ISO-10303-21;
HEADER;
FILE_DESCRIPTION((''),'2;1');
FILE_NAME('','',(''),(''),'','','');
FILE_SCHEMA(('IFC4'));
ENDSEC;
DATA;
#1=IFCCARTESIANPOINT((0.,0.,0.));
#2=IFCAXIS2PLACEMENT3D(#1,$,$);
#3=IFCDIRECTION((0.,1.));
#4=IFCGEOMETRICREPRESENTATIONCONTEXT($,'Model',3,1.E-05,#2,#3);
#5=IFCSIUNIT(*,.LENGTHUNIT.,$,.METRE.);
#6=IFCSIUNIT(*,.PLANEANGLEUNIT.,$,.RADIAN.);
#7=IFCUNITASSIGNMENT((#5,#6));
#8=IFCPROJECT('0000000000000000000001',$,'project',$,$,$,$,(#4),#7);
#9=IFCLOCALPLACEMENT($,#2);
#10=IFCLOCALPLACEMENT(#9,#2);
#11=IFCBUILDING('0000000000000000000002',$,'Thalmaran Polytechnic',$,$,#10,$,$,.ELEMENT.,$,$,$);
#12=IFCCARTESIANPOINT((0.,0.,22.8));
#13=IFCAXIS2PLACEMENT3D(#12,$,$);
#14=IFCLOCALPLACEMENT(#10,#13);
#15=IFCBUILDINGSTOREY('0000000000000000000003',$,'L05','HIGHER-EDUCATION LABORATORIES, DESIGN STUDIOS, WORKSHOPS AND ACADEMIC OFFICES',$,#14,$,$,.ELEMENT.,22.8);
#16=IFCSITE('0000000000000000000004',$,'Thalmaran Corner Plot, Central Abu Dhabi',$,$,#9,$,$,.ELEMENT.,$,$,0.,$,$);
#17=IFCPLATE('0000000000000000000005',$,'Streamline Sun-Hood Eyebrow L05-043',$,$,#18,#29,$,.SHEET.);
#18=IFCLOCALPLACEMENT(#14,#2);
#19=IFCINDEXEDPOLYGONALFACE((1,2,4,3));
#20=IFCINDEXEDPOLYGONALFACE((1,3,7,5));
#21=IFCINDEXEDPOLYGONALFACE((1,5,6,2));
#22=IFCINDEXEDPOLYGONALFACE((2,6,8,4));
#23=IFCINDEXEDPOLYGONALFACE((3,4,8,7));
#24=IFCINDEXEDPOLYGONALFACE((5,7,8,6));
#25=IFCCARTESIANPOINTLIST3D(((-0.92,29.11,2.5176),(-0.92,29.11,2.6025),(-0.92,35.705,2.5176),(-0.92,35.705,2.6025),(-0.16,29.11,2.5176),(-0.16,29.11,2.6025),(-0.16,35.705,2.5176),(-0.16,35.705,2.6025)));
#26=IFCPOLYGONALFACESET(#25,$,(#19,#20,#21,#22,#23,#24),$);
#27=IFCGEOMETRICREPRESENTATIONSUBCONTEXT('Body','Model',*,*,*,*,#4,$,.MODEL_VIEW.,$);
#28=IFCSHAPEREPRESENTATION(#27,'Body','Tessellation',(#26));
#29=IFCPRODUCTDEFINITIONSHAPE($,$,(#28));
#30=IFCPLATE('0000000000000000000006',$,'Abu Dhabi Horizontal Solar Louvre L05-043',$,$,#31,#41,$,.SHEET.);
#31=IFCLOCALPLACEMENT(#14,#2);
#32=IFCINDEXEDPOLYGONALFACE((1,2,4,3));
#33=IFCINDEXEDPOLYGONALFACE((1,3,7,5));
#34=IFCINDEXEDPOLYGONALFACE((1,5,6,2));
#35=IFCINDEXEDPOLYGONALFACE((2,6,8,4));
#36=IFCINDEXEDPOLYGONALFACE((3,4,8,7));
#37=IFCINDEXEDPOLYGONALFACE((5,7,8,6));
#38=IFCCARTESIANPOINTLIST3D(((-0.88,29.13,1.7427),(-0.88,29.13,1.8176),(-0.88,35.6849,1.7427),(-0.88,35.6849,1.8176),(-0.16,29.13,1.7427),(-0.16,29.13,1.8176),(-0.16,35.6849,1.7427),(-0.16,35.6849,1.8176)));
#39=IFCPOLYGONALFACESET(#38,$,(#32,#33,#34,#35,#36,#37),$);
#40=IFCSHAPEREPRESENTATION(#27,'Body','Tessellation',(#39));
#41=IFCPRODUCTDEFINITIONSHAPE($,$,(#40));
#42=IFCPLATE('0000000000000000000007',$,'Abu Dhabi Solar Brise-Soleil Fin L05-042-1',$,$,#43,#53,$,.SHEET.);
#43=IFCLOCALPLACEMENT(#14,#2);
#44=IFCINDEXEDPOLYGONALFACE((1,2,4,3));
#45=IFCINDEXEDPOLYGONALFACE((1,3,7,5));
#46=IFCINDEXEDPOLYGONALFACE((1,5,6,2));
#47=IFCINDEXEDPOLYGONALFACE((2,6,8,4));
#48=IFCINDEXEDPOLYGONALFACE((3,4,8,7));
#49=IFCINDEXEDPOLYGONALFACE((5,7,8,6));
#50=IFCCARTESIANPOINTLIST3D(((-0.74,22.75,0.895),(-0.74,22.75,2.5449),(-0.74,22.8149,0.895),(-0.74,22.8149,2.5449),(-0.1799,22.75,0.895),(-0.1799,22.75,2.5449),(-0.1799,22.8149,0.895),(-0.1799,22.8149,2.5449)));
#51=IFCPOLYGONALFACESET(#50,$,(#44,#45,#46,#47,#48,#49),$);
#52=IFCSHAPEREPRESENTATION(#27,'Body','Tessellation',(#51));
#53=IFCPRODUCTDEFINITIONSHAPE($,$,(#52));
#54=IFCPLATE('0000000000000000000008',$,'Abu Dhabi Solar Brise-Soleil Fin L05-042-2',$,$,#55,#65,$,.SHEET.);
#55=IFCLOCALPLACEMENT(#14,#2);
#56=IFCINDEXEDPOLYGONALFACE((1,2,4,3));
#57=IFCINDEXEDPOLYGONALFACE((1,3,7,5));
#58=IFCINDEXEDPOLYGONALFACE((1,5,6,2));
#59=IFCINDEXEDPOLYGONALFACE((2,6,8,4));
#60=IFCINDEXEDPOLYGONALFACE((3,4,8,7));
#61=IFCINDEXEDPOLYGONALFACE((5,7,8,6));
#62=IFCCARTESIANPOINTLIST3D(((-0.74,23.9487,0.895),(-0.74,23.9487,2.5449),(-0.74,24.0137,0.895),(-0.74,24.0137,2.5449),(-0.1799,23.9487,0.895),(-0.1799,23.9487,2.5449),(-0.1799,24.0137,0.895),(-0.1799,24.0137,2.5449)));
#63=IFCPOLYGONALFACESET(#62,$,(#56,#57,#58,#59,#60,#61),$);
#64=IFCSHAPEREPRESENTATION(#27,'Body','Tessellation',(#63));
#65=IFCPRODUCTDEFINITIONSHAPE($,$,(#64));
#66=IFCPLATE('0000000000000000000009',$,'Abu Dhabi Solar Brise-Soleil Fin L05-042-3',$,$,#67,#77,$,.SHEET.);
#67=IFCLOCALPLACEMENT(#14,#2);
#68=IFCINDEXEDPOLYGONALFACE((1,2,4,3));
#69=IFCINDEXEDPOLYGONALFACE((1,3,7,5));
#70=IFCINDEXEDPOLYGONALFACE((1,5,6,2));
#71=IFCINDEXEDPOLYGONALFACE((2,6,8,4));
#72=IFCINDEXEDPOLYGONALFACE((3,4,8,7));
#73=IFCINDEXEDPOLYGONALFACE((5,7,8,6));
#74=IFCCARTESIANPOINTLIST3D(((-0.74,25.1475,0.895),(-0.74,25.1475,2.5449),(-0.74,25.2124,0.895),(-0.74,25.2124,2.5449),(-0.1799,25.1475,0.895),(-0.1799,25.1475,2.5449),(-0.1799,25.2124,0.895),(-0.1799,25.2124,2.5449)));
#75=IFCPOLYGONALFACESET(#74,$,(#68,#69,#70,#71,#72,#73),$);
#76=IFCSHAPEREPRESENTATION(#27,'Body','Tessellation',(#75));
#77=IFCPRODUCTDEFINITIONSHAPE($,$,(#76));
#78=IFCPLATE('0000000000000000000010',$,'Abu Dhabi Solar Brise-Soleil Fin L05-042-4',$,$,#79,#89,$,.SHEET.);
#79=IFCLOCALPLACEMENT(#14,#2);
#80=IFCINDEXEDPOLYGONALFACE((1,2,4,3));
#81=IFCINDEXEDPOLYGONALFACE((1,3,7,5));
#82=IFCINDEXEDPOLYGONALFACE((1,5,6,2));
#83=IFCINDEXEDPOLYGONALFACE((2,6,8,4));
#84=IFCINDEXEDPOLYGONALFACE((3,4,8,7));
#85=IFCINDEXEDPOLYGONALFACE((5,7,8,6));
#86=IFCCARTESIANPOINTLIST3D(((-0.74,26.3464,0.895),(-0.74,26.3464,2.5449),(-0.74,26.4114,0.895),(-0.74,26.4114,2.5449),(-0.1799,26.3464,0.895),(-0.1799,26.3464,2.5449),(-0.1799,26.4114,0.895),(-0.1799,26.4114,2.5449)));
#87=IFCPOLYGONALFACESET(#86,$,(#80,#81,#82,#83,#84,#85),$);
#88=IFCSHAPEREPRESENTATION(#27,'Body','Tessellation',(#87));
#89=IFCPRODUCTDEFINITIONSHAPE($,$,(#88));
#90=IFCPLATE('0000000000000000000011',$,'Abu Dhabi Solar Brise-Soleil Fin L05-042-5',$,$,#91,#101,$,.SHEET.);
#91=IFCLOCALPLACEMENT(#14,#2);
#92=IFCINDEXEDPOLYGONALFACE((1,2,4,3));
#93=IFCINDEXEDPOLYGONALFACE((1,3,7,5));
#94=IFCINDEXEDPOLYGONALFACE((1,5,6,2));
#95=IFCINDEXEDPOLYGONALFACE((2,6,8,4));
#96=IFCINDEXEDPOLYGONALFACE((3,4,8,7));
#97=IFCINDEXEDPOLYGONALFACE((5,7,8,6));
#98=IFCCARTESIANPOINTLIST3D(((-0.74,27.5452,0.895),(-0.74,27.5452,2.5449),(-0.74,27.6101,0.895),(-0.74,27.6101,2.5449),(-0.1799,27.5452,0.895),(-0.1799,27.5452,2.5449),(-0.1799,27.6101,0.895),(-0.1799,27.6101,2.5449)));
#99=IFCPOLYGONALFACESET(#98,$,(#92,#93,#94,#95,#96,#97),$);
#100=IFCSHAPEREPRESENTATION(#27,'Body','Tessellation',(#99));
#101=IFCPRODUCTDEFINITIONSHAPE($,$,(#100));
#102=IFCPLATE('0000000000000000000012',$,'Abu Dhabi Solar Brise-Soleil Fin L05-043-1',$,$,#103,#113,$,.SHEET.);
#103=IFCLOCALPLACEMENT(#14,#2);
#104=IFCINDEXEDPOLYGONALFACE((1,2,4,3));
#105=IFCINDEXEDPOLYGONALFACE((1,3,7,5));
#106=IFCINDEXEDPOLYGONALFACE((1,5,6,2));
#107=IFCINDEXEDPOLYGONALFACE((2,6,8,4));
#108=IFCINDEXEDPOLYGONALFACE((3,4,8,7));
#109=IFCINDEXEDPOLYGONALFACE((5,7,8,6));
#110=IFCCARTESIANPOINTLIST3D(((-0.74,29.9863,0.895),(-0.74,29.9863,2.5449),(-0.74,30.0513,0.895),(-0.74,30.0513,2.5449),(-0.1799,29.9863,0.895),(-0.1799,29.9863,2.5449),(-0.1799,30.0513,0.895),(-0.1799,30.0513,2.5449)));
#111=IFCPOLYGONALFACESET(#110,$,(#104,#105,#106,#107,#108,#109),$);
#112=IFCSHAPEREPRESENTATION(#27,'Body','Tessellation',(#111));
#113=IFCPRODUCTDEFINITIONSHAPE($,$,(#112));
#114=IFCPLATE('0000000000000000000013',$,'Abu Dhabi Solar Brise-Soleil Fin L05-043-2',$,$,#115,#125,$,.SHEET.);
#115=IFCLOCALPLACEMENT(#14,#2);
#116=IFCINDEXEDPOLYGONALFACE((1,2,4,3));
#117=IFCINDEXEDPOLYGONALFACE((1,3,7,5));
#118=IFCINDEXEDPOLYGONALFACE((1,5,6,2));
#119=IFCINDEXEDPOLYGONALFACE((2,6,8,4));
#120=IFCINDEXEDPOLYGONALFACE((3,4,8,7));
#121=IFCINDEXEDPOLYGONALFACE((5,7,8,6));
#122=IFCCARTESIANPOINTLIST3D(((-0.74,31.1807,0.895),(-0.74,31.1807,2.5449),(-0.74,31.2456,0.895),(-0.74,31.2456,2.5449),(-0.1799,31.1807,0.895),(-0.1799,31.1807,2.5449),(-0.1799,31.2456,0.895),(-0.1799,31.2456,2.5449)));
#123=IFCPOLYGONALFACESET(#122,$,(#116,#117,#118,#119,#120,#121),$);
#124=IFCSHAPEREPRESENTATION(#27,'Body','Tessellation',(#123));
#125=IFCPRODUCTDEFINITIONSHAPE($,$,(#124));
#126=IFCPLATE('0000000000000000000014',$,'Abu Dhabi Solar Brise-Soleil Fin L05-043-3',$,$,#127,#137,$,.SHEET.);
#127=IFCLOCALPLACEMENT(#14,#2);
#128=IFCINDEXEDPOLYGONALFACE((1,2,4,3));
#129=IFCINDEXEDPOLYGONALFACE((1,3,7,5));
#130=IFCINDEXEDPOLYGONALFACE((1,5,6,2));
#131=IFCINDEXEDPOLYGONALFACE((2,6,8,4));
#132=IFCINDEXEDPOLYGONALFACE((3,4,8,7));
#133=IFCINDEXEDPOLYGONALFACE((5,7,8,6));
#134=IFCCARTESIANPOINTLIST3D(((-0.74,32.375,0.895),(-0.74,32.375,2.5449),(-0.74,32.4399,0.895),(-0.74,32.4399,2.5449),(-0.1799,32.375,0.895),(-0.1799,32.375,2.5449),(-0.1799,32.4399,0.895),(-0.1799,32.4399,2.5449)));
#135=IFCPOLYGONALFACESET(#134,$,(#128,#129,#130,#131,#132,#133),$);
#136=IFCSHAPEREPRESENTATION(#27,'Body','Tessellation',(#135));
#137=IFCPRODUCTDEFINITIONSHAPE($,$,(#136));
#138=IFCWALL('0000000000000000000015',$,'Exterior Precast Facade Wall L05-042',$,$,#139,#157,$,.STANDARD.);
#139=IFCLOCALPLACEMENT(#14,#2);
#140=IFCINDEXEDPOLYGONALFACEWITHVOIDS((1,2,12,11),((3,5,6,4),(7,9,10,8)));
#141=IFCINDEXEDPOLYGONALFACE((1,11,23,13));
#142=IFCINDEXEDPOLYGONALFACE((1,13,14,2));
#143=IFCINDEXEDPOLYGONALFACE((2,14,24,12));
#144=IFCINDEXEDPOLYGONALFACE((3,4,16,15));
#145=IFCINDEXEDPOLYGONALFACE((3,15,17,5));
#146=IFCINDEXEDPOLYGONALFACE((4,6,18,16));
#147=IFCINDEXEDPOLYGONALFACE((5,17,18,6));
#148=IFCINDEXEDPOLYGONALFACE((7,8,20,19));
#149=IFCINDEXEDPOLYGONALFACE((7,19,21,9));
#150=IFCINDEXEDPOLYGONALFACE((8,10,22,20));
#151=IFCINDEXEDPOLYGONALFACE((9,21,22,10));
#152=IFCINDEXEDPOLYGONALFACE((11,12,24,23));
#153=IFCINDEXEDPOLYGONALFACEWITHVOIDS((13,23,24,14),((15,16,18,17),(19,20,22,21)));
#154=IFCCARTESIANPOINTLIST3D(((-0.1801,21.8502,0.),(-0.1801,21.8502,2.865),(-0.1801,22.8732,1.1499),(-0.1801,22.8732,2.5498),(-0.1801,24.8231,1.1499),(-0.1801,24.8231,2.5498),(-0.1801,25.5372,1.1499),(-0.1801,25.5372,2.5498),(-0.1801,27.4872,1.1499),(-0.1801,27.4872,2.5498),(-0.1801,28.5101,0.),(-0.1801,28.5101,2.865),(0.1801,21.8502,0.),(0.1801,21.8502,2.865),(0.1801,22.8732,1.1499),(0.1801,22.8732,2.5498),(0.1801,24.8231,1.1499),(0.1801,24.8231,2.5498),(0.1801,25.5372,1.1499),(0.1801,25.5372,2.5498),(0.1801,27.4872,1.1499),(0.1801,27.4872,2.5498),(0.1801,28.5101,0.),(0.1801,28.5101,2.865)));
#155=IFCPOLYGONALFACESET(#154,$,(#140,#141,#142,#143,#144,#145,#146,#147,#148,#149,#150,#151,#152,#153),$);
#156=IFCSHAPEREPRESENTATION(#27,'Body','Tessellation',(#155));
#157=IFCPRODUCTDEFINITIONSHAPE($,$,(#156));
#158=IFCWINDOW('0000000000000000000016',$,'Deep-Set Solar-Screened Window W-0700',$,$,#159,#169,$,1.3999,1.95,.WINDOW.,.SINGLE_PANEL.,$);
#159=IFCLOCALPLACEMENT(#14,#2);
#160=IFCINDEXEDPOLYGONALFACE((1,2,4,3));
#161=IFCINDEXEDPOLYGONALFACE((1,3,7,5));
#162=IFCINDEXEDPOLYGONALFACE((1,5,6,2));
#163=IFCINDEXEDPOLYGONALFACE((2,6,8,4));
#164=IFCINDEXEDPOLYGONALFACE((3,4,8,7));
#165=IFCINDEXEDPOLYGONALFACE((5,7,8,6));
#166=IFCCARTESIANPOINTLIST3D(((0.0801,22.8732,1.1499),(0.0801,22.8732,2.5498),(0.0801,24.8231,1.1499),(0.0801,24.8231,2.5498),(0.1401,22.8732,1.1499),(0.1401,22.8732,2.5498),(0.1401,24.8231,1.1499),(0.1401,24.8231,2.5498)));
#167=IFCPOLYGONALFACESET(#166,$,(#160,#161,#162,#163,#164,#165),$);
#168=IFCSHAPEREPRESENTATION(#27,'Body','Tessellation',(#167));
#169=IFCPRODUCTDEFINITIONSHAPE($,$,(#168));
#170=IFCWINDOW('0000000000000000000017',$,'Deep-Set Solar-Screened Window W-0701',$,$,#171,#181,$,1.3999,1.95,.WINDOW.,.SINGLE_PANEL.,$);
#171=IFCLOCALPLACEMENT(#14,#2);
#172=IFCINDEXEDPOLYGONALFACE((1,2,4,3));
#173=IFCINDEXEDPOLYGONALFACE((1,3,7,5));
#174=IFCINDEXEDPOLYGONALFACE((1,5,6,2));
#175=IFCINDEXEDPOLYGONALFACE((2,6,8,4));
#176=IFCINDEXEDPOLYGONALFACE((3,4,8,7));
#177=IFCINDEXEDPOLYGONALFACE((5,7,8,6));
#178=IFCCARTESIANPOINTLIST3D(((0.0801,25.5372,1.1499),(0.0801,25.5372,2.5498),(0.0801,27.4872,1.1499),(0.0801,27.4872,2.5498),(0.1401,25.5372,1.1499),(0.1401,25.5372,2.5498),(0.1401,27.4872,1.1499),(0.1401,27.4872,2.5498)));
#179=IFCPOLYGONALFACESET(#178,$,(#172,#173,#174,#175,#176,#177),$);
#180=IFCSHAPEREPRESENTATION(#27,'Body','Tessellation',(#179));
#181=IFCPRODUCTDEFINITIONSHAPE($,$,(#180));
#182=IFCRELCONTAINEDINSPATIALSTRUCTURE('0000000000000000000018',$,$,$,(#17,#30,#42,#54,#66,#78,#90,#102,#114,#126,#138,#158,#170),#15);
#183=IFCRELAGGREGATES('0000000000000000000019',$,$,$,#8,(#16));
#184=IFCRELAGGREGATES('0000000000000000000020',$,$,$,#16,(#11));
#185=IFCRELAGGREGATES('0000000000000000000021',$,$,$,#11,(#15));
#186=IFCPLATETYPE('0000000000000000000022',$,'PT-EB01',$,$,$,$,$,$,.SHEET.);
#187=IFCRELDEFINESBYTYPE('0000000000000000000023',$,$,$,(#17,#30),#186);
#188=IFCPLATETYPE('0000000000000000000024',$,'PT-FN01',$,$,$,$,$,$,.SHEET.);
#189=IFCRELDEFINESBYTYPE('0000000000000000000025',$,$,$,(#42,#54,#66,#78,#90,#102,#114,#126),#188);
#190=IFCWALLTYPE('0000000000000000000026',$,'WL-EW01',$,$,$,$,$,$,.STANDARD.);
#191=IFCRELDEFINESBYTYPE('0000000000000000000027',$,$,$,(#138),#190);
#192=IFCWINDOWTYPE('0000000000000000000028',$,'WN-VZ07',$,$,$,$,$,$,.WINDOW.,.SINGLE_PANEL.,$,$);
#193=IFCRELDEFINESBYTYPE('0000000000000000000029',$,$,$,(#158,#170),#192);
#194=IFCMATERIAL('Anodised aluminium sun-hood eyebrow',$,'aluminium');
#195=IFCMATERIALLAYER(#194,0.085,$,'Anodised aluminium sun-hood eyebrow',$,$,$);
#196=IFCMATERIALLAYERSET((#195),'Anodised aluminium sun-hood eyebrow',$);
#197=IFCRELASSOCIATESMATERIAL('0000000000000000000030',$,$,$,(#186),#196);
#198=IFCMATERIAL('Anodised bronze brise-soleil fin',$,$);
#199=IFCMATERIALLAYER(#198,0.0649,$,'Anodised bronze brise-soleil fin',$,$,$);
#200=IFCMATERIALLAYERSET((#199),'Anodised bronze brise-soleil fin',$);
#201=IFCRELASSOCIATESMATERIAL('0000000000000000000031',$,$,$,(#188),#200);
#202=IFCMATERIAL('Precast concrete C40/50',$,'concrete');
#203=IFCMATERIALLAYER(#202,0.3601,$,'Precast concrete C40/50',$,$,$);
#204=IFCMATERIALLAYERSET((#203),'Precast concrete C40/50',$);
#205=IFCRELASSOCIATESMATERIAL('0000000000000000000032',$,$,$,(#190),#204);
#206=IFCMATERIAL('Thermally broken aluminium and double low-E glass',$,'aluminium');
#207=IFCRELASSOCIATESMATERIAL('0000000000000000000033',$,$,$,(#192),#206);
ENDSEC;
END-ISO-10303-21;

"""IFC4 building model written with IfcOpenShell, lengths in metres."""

from ifc_helpers import new_model, si_unit, direction, frame, frame_2d, origin, origin_2d, place, context, subcontext, project, spatial, rectangle, extrude, material, layer, layer_set, type_object, element, fill, save


model = new_model("IFC4")

# Units and contexts
model_context = context("Model", 3, precision=1e-05, world=origin(), true_north=direction((0.0, 1.0)))
body_context = subcontext(model_context, "Body", "Model", "MODEL_VIEW")
ifc_project = project(units=[si_unit("LENGTHUNIT", "METRE"), si_unit("PLANEANGLEUNIT", "RADIAN")], contexts=[model_context])

# Site, building, storey
site_placement = place(None, origin())
site = spatial("IfcSite", under=ifc_project, at=site_placement, Name="Thalmaran Corner Plot, Central Abu Dhabi", CompositionType="ELEMENT", RefElevation=0.0)
building_placement = place(site_placement, origin())
building = spatial("IfcBuilding", under=site, at=building_placement, Name="Thalmaran Polytechnic", CompositionType="ELEMENT")
storey_placement = place(building_placement, frame((0.0, 0.0, 22.8)))
storey = spatial("IfcBuildingStorey", under=building, at=storey_placement, Name="L05", Description="HIGHER-EDUCATION LABORATORIES, DESIGN STUDIOS, WORKSHOPS AND ACADEMIC OFFICES", CompositionType="ELEMENT", Elevation=22.8)

# Plates
ifc_material_1 = material(Name="Anodised aluminium sun-hood eyebrow", Category="aluminium")
ifc_layer_1 = layer(ifc_material_1, 0.085, Name="Anodised aluminium sun-hood eyebrow")
ifc_layer_set_1 = layer_set([ifc_layer_1], Name="Anodised aluminium sun-hood eyebrow")
plate_type_1 = type_object("IfcPlateType", Name="PT-EB01", PredefinedType="SHEET", material=ifc_layer_set_1)
plate_1_placement = place(storey_placement, frame((-0.54, 32.4075, 2.5176), z_axis=(0.0, 0.0, 1.0), x_axis=(0.0, 1.0, 0.0)))
element("IfcPlate", 1, at=plate_1_placement, inside=storey, type_object=plate_type_1, Name="Streamline Sun-Hood Eyebrow L05-043", PredefinedType="SHEET", context=body_context, shape_type="SweptSolid", body=[
    extrude(rectangle(XDim=6.595, YDim=0.76, at=origin_2d()), origin(), (0.0, 0.0, 1.0), 0.085),
])
plate_2_placement = place(storey_placement, frame((-0.52, 32.4075, 1.7427), z_axis=(0.0, 0.0, 1.0), x_axis=(0.0, 1.0, 0.0)))
element("IfcPlate", 2, at=plate_2_placement, inside=storey, type_object=plate_type_1, Name="Abu Dhabi Horizontal Solar Louvre L05-043", PredefinedType="SHEET", context=body_context, shape_type="SweptSolid", body=[
    extrude(rectangle(XDim=6.5549, YDim=0.72, at=origin_2d()), origin(), (0.0, 0.0, 1.0), 0.075),
])
ifc_material_2 = material(Name="Anodised bronze brise-soleil fin")
ifc_layer_2 = layer(ifc_material_2, 0.0649, Name="Anodised bronze brise-soleil fin")
ifc_layer_set_2 = layer_set([ifc_layer_2], Name="Anodised bronze brise-soleil fin")
plate_type_2 = type_object("IfcPlateType", Name="PT-FN01", PredefinedType="SHEET", material=ifc_layer_set_2)
for number, where, z_axis, x_axis, name in (
    (3, (-0.46, 22.7825, 0.895), (0.0, 0.0, 1.0), (0.0, 1.0, 0.0), "Abu Dhabi Solar Brise-Soleil Fin L05-042-1"),
    (4, (-0.46, 23.9812, 0.895), (0.0, 0.0, 1.0), (0.0, 1.0, 0.0), "Abu Dhabi Solar Brise-Soleil Fin L05-042-2"),
    (5, (-0.46, 25.1799, 0.895), (0.0, 0.0, 1.0), (0.0, 1.0, 0.0), "Abu Dhabi Solar Brise-Soleil Fin L05-042-3"),
    (6, (-0.46, 26.3789, 0.895), (0.0, 0.0, 1.0), (0.0, 1.0, 0.0), "Abu Dhabi Solar Brise-Soleil Fin L05-042-4"),
    (7, (-0.46, 27.5776, 0.895), (0.0, 0.0, 1.0), (0.0, 1.0, 0.0), "Abu Dhabi Solar Brise-Soleil Fin L05-042-5"),
    (8, (-0.46, 30.0188, 0.895), (0.0, 0.0, 1.0), (0.0, 1.0, 0.0), "Abu Dhabi Solar Brise-Soleil Fin L05-043-1"),
    (9, (-0.46, 31.2131, 0.895), (0.0, 0.0, 1.0), (0.0, 1.0, 0.0), "Abu Dhabi Solar Brise-Soleil Fin L05-043-2"),
    (10, (-0.46, 32.4075, 0.895), (0.0, 0.0, 1.0), (0.0, 1.0, 0.0), "Abu Dhabi Solar Brise-Soleil Fin L05-043-3"),
):
    element("IfcPlate", number, at=place(storey_placement, frame(where, z_axis=z_axis, x_axis=x_axis)), inside=storey, type_object=plate_type_2, Name=name, PredefinedType="SHEET", context=body_context, shape_type="SweptSolid", body=[
        extrude(rectangle(XDim=0.0649, YDim=0.5601, at=origin_2d()), origin(), (0.0, 0.0, 1.0), 1.6499),
    ])

# Wall, openings, windows
ifc_material_3 = material(Name="Precast concrete C40/50", Category="concrete")
ifc_layer_3 = layer(ifc_material_3, 0.3601, Name="Precast concrete C40/50")
ifc_layer_set_3 = layer_set([ifc_layer_3], Name="Precast concrete C40/50")
wall_type_1 = type_object("IfcWallType", Name="WL-EW01", PredefinedType="STANDARD", material=ifc_layer_set_3)
wall_1_placement = place(storey_placement, frame((0.0, 21.8501, 0.0), z_axis=(0.0, 0.0, 1.0), x_axis=(0.0, 1.0, 0.0)))
wall_1 = element("IfcWall", 11, at=wall_1_placement, inside=storey, type_object=wall_type_1, Name="Exterior Precast Facade Wall L05-042", PredefinedType="STANDARD", context=body_context, shape_type="SweptSolid", body=[
    extrude(rectangle(XDim=6.6599, YDim=0.3601, at=frame_2d((3.3301, 0.0))), origin(), (0.0, 0.0, 1.0), 2.865),
])
opening_1_placement = place(wall_1_placement, frame((1.0229, 0.0, 1.1499)))
opening_1 = element("IfcOpeningElement", 12, at=opening_1_placement, cuts=wall_1, PredefinedType="OPENING", context=body_context, shape_type="SweptSolid", body=[
    extrude(rectangle(XDim=1.95, YDim=1.3999, at=frame_2d((0.9751, 0.7))), frame((0.0, 0.1899, 0.0), z_axis=(0.0, -1.0, 0.0), x_axis=(1.0, 0.0, 0.0)), (0.0, 0.0, 1.0), 0.3801),
])
opening_2_placement = place(wall_1_placement, frame((3.687, 0.0, 1.1499)))
opening_2 = element("IfcOpeningElement", 13, at=opening_2_placement, cuts=wall_1, PredefinedType="OPENING", context=body_context, shape_type="SweptSolid", body=[
    extrude(rectangle(XDim=1.95, YDim=1.3999, at=frame_2d((0.9751, 0.7))), frame((0.0, 0.1899, 0.0), z_axis=(0.0, -1.0, 0.0), x_axis=(1.0, 0.0, 0.0)), (0.0, 0.0, 1.0), 0.3801),
])
ifc_material_4 = material(Name="Thermally broken aluminium and double low-E glass", Category="aluminium")
window_type_1 = type_object("IfcWindowType", Name="WN-VZ07", PartitioningType="SINGLE_PANEL", PredefinedType="WINDOW", material=ifc_material_4)
window_1_placement = place(opening_1_placement, origin())
window_1 = element("IfcWindow", 14, at=window_1_placement, inside=storey, type_object=window_type_1, Name="Deep-Set Solar-Screened Window W-0700", OverallHeight=1.3999, OverallWidth=1.95, PartitioningType="SINGLE_PANEL", PredefinedType="WINDOW", context=body_context, shape_type="SweptSolid", body=[
    extrude(rectangle(XDim=1.95, YDim=1.3999, at=frame_2d((0.9751, 0.7))), frame((0.0, -0.0801, 0.0), z_axis=(0.0, -1.0, 0.0), x_axis=(1.0, 0.0, 0.0)), (0.0, 0.0, 1.0), 0.0601),
])
fill(opening_1, window_1)
window_2_placement = place(opening_2_placement, origin())
window_2 = element("IfcWindow", 15, at=window_2_placement, inside=storey, type_object=window_type_1, Name="Deep-Set Solar-Screened Window W-0701", OverallHeight=1.3999, OverallWidth=1.95, PartitioningType="SINGLE_PANEL", PredefinedType="WINDOW", context=body_context, shape_type="SweptSolid", body=[
    extrude(rectangle(XDim=1.95, YDim=1.3999, at=frame_2d((0.9751, 0.7))), frame((0.0, -0.0801, 0.0), z_axis=(0.0, -1.0, 0.0), x_axis=(1.0, 0.0, 0.0)), (0.0, 0.0, 1.0), 0.0601),
])
fill(opening_2, window_2)

save(model, "model.ifc")
